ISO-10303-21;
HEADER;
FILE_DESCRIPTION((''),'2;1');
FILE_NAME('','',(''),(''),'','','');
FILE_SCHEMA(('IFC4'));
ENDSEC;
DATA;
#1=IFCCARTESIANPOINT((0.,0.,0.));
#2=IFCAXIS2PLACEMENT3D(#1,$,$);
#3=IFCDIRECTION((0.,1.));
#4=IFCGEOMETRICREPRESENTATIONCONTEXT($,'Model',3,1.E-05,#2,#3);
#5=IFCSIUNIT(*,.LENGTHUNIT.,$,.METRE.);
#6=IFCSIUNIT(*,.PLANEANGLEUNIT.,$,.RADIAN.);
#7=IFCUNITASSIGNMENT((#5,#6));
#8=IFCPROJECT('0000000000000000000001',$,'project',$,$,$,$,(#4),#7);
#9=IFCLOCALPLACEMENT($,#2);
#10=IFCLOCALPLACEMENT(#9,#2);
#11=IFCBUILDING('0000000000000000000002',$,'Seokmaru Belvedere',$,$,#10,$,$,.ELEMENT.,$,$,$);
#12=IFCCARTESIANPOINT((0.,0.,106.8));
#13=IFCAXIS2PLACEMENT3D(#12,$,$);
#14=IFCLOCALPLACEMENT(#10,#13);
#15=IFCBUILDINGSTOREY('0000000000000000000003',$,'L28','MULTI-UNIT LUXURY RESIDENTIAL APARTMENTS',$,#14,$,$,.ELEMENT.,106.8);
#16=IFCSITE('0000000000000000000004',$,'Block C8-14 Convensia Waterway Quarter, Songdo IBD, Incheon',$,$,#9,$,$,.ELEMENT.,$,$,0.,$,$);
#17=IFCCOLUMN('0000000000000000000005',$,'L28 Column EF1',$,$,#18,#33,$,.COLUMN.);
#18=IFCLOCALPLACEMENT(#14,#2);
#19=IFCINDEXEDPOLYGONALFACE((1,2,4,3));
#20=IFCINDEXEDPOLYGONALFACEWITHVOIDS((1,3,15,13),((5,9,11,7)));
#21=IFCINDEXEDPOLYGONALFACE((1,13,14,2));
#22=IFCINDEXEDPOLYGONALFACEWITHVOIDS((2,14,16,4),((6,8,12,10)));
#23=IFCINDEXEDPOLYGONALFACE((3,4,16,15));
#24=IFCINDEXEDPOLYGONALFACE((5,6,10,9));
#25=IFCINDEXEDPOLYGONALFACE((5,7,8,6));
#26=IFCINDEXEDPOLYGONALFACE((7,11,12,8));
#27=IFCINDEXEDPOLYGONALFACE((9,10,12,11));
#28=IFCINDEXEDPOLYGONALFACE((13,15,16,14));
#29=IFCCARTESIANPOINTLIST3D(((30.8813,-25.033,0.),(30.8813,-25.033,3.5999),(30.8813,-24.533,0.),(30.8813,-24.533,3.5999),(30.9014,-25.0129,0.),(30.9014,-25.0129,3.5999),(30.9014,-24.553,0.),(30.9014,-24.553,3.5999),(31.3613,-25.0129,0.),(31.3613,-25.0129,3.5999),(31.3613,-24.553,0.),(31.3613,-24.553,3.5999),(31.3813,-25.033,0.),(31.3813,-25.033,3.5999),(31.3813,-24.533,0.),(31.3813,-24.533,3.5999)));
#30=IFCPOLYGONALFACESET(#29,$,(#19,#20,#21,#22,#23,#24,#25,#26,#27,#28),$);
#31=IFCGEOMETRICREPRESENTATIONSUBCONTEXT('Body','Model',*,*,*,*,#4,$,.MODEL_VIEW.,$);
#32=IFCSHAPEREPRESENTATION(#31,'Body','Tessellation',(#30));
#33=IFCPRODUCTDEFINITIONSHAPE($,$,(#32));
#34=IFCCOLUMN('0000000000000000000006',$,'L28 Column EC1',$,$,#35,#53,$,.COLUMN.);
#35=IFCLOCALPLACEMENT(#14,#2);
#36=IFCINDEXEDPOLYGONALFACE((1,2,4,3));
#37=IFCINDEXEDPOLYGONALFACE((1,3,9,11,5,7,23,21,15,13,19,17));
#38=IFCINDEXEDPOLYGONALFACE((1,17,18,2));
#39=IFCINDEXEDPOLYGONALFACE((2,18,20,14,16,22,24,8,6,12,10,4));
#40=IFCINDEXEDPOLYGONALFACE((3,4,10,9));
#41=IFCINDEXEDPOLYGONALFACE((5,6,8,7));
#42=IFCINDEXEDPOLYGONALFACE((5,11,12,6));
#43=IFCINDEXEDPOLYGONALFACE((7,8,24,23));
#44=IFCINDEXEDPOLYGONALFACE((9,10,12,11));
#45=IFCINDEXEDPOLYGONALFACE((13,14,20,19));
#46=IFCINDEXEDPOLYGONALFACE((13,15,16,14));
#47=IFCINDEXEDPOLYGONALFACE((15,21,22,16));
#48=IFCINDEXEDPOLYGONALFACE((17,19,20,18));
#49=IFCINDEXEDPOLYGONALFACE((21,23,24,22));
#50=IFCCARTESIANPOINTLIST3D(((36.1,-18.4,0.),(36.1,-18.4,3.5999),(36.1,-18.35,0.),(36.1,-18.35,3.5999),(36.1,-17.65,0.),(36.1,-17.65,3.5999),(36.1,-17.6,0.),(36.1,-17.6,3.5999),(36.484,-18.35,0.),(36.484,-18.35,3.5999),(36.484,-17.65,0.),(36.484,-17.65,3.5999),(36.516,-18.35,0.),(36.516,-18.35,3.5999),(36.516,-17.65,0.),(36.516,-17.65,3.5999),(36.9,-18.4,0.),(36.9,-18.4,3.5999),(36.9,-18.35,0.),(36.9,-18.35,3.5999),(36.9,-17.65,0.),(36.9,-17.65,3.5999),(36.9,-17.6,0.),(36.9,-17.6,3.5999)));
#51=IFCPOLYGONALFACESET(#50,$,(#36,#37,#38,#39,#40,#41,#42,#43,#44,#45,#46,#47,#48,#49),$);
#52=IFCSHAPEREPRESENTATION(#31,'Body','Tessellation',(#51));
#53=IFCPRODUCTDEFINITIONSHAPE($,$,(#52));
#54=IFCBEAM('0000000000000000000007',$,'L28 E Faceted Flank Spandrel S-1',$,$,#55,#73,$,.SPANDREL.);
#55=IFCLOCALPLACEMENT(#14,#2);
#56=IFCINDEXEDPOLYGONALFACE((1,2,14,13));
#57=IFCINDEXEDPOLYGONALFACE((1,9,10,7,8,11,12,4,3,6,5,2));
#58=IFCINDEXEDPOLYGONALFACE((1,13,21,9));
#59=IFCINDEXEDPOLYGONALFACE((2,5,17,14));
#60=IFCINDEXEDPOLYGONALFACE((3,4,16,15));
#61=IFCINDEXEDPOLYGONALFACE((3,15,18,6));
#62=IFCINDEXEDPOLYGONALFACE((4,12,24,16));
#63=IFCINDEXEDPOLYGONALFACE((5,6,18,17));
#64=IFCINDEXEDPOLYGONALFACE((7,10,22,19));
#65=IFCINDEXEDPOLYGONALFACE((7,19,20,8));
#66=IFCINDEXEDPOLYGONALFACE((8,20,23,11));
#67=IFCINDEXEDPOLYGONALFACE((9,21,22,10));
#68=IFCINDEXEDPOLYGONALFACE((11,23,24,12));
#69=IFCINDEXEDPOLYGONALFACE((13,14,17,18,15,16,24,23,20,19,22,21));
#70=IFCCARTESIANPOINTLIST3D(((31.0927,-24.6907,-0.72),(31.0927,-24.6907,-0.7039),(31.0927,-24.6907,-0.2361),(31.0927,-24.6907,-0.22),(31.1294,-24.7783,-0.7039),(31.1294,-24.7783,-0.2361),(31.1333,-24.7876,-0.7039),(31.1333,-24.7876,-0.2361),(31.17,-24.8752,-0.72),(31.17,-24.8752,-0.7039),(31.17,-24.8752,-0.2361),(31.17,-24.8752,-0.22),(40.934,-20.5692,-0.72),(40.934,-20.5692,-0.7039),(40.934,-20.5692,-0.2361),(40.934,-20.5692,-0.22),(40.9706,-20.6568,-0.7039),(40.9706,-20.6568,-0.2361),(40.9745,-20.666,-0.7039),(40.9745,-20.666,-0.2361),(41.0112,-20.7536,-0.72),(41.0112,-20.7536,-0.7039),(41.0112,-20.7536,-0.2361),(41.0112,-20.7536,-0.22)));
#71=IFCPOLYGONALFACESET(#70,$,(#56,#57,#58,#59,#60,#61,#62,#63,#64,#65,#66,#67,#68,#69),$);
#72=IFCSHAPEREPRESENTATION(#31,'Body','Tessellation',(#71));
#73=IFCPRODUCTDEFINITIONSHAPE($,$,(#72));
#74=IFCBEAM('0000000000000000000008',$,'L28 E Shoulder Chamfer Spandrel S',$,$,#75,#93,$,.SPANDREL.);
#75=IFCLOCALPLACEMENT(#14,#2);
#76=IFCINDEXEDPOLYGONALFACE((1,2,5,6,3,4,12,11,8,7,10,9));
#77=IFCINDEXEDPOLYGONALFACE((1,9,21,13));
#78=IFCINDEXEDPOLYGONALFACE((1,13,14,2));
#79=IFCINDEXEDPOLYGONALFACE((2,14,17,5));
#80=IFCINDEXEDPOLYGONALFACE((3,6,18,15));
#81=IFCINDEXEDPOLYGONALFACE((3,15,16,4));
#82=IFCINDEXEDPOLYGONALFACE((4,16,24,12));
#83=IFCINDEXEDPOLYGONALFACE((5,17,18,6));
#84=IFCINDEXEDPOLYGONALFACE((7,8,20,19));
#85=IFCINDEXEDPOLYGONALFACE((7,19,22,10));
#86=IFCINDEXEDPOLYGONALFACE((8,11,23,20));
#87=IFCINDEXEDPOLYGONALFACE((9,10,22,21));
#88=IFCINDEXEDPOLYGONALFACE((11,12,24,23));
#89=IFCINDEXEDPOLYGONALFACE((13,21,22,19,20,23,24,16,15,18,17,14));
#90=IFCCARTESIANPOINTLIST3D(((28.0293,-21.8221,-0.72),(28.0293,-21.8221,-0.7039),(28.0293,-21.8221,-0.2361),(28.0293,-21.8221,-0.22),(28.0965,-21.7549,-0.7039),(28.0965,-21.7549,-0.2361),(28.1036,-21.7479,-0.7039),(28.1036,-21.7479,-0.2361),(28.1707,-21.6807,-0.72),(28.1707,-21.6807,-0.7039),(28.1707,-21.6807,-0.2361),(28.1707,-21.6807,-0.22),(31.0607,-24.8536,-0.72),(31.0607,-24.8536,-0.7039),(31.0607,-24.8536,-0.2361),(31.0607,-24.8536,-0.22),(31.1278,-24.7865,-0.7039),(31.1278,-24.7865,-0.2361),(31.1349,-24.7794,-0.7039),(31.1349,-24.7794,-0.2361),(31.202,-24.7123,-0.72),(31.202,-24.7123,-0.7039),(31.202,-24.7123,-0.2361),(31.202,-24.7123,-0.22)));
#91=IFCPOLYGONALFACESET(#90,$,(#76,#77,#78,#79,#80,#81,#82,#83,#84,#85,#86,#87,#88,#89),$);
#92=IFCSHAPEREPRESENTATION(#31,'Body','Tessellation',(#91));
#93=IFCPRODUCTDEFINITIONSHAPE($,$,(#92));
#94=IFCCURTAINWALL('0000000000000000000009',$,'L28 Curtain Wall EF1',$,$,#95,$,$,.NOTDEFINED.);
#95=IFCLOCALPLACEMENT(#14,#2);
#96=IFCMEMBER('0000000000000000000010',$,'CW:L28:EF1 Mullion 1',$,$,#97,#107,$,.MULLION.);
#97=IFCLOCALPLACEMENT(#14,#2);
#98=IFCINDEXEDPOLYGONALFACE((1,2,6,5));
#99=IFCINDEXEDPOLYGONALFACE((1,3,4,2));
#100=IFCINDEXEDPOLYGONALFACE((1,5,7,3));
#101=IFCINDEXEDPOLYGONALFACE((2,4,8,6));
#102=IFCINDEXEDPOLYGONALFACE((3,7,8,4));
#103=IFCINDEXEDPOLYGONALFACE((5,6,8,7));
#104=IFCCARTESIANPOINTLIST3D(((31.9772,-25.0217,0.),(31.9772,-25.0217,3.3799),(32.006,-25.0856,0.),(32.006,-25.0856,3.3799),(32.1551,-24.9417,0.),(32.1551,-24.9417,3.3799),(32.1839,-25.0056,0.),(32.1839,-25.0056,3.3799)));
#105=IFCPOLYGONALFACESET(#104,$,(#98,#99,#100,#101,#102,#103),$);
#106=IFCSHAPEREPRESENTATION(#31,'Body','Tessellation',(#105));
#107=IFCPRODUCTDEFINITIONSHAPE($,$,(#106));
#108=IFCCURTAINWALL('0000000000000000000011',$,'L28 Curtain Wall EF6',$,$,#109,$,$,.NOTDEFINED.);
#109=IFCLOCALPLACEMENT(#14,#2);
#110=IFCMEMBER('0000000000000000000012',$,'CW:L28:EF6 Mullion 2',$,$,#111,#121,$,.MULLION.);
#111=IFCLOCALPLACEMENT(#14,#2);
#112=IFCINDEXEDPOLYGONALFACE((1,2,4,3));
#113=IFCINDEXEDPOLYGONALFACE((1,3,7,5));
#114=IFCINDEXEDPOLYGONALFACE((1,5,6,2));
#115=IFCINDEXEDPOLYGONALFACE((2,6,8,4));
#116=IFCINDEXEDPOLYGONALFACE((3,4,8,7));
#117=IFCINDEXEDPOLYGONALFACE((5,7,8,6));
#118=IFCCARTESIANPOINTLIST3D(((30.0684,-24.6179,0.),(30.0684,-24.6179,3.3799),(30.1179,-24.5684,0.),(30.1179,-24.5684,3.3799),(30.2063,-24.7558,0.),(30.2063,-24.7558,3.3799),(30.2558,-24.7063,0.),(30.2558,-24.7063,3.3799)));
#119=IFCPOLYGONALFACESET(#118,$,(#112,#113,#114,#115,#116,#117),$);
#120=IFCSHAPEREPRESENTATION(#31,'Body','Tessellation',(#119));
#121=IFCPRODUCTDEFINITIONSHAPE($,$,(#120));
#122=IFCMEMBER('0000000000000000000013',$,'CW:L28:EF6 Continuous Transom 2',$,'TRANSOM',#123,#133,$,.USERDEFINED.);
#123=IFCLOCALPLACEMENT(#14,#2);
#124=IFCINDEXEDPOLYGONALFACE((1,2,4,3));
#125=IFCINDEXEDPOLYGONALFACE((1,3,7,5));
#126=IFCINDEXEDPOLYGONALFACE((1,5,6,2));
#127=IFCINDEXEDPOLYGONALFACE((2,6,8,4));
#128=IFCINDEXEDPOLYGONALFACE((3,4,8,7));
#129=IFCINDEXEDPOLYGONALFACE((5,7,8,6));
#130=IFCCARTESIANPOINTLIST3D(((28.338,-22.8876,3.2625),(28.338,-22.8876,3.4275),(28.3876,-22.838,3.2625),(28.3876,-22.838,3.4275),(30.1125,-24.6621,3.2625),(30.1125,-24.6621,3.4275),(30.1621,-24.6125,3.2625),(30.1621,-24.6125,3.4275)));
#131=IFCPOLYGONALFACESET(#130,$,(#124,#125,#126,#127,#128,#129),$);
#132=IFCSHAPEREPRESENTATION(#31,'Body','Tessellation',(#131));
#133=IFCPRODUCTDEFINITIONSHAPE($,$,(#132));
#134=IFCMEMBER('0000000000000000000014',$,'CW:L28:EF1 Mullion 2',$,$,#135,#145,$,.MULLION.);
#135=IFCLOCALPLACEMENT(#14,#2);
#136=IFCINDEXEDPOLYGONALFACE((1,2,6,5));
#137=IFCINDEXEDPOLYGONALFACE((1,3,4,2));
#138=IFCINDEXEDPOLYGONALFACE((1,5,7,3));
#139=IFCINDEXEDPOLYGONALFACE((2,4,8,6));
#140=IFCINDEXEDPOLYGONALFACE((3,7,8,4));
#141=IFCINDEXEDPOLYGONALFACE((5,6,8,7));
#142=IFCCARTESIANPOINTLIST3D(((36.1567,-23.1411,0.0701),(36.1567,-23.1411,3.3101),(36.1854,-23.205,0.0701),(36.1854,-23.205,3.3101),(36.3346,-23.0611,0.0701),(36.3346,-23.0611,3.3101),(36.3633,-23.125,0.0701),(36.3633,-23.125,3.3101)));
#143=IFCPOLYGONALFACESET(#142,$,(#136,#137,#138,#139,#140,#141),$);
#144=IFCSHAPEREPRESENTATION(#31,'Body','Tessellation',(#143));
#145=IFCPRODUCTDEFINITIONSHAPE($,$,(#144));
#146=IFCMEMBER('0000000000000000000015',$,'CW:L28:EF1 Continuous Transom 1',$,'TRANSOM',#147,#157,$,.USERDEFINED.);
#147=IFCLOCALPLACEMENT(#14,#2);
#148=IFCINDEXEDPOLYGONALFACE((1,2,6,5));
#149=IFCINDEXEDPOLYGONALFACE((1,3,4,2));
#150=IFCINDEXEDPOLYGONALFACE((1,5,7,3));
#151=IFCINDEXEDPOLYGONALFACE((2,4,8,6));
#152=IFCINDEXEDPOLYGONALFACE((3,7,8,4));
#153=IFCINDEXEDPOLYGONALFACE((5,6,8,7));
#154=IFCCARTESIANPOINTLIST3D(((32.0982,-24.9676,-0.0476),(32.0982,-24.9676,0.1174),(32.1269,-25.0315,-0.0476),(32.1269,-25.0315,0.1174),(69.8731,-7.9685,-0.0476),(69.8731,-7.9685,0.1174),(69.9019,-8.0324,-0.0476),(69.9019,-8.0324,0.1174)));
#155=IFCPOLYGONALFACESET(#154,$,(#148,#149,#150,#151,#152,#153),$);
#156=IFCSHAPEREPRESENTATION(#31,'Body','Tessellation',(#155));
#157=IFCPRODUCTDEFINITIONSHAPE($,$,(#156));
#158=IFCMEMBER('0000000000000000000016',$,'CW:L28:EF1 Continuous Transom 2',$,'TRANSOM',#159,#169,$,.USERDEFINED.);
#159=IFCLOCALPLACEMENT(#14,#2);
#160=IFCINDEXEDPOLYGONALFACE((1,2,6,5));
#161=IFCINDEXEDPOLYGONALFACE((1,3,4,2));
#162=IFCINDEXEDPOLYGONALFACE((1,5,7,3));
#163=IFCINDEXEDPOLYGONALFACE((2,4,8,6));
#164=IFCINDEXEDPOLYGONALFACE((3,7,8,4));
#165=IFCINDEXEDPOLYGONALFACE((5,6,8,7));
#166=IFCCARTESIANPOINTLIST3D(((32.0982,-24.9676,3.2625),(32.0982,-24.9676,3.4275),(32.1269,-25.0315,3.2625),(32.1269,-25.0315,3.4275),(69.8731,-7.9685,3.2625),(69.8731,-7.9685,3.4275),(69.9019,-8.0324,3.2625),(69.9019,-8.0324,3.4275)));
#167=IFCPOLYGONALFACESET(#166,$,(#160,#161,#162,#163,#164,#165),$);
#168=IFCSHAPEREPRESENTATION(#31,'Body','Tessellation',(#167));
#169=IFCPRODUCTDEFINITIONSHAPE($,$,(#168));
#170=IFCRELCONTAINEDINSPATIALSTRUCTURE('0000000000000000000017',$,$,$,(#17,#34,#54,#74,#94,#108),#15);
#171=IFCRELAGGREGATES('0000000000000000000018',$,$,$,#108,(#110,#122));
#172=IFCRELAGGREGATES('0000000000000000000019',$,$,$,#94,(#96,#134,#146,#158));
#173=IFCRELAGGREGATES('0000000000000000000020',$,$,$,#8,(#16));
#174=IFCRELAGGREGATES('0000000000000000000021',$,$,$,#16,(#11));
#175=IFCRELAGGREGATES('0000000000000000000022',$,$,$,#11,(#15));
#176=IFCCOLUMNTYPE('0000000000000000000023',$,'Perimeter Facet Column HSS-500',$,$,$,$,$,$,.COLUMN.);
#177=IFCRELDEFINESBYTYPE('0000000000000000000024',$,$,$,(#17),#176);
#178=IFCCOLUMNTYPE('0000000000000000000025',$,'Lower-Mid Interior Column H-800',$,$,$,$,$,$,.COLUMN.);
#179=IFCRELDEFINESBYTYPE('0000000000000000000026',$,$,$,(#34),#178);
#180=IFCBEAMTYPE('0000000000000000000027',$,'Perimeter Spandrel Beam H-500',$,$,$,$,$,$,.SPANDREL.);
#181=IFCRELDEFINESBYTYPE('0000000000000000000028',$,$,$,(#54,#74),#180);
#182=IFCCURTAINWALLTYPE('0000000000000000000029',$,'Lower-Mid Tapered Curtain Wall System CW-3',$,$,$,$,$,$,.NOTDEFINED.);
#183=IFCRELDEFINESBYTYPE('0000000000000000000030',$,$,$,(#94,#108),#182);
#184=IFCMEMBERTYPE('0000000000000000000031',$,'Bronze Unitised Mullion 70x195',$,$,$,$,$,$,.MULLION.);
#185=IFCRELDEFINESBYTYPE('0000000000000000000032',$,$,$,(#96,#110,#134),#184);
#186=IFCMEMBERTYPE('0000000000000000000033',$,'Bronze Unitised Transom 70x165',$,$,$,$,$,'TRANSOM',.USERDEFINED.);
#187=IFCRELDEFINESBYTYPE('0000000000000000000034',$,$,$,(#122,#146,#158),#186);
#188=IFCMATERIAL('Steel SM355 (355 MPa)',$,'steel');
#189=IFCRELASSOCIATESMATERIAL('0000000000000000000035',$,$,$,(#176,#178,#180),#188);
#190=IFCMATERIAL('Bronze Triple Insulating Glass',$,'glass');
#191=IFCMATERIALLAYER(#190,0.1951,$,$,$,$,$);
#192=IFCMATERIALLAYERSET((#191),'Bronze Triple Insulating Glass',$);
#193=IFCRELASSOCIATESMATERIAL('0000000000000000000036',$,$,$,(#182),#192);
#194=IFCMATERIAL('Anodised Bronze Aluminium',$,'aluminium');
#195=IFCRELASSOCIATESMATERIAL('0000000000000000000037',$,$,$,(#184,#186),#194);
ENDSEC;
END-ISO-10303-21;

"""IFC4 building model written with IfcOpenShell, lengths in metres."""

from ifc_helpers import new_model, si_unit, direction, frame, origin, origin_2d, place, context, subcontext, project, spatial, rectangle, hollow_rectangle, i_section, extrude, source, transform, mapped, material, layer, layer_set, material_profile, profile_set, type_object, type_shapes, element, aggregate, save


model = new_model("IFC4")

# Units and contexts
model_context = context("Model", 3, precision=1e-05, world=origin(), true_north=direction((0.0, 1.0)))
body_context = subcontext(model_context, "Body", "Model", "MODEL_VIEW")
ifc_project = project(units=[si_unit("LENGTHUNIT", "METRE"), si_unit("PLANEANGLEUNIT", "RADIAN")], contexts=[model_context])

# Site, building, storey
site_placement = place(None, origin())
site = spatial("IfcSite", under=ifc_project, at=site_placement, Name="Block C8-14 Convensia Waterway Quarter, Songdo IBD, Incheon", CompositionType="ELEMENT", RefElevation=0.0)
building_placement = place(site_placement, origin())
building = spatial("IfcBuilding", under=site, at=building_placement, Name="Seokmaru Belvedere", CompositionType="ELEMENT")
storey_placement = place(building_placement, frame((0.0, 0.0, 106.8)))
storey = spatial("IfcBuildingStorey", under=building, at=storey_placement, Name="L28", Description="MULTI-UNIT LUXURY RESIDENTIAL APARTMENTS", CompositionType="ELEMENT", Elevation=106.8)

# Columns
ifc_material_1 = material(Name="Steel SM355 (355 MPa)", Category="steel")
ifc_material_profile_1 = material_profile(ifc_material_1, hollow_rectangle(XDim=0.5, YDim=0.5, WallThickness=0.02, at=origin_2d()), Name="HSS-500x500x20")
ifc_profile_set_1 = profile_set([ifc_material_profile_1], Name="Steel SM355 (355 MPa)")
column_type_1 = type_object("IfcColumnType", Name="Perimeter Facet Column HSS-500", PredefinedType="COLUMN", material=ifc_profile_set_1)
shared_shape_1 = source(origin(), body_context, "Body", "SweptSolid", [
    extrude(hollow_rectangle(XDim=0.5, YDim=0.5, WallThickness=0.02, at=origin_2d()), origin(), (0.0, 0.0, 1.0), 3.5999),
])
type_shapes(column_type_1, [shared_shape_1])
column_1_placement = place(storey_placement, frame((31.1313, -24.783, 0.0), z_axis=(0.0, 0.0, 1.0), x_axis=(1.0, 0.0, 0.0)))
element("IfcColumn", 1, at=column_1_placement, inside=storey, type_object=column_type_1, Name="L28 Column EF1", PredefinedType="COLUMN", context=body_context, shape_type="MappedRepresentation", body=[
    mapped(shared_shape_1, transform((0.0, 0.0, 0.0), scale=1.0)),
])
ifc_material_profile_2 = material_profile(ifc_material_1, i_section(OverallWidth=0.8, OverallDepth=0.8, WebThickness=0.032, FlangeThickness=0.05, at=origin_2d()), Name="H-800x800x32x50")
ifc_profile_set_2 = profile_set([ifc_material_profile_2], Name="Steel SM355 (355 MPa)")
column_type_2 = type_object("IfcColumnType", Name="Lower-Mid Interior Column H-800", PredefinedType="COLUMN", material=ifc_profile_set_2)
shared_shape_2 = source(origin(), body_context, "Body", "SweptSolid", [
    extrude(i_section(OverallWidth=0.8, OverallDepth=0.8, WebThickness=0.032, FlangeThickness=0.05, at=origin_2d()), origin(), (0.0, 0.0, 1.0), 3.5999),
])
type_shapes(column_type_2, [shared_shape_2])
column_2_placement = place(storey_placement, frame((36.5, -18.0, 0.0), z_axis=(0.0, 0.0, 1.0), x_axis=(1.0, 0.0, 0.0)))
element("IfcColumn", 2, at=column_2_placement, inside=storey, type_object=column_type_2, Name="L28 Column EC1", PredefinedType="COLUMN", context=body_context, shape_type="MappedRepresentation", body=[
    mapped(shared_shape_2, transform((0.0, 0.0, 0.0), scale=1.0)),
])

# Beams
ifc_material_profile_3 = material_profile(ifc_material_1, i_section(OverallWidth=0.2, OverallDepth=0.5, WebThickness=0.01, FlangeThickness=0.0161, at=origin_2d()), Name="H-500x200x10x16")
ifc_profile_set_3 = profile_set([ifc_material_profile_3], Name="Steel SM355 (355 MPa)")
beam_type = type_object("IfcBeamType", Name="Perimeter Spandrel Beam H-500", PredefinedType="SPANDREL", material=ifc_profile_set_3)
shared_shape_3 = source(origin(), body_context, "Body", "SweptSolid", [
    extrude(i_section(OverallWidth=0.2, OverallDepth=0.5, WebThickness=0.01, FlangeThickness=0.0161, at=origin_2d()), origin(), (0.0, 0.0, 1.0), 10.6694),
])
beam_1_placement = place(storey_placement, frame((31.1313, -24.783, -0.47), z_axis=(0.922375, 0.386295, 0.0), x_axis=(-0.386295, 0.922375, 0.0)))
element("IfcBeam", 3, at=beam_1_placement, inside=storey, type_object=beam_type, Name="L28 E Faceted Flank Spandrel S-1", PredefinedType="SPANDREL", context=body_context, shape_type="MappedRepresentation", body=[
    mapped(shared_shape_3, transform((0.0, 0.0, 0.0), scale=1.0)),
])
shared_shape_4 = source(origin(), body_context, "Body", "SweptSolid", [
    extrude(i_section(OverallWidth=0.2, OverallDepth=0.5, WebThickness=0.01, FlangeThickness=0.0161, at=origin_2d()), origin(), (0.0, 0.0, 1.0), 4.2871),
])
type_shapes(beam_type, [shared_shape_3, shared_shape_4])
beam_2_placement = place(storey_placement, frame((31.1313, -24.783, -0.47), z_axis=(-0.707078, 0.707135, 0.0), x_axis=(-0.707135, -0.707078, 0.0)))
element("IfcBeam", 4, at=beam_2_placement, inside=storey, type_object=beam_type, Name="L28 E Shoulder Chamfer Spandrel S", PredefinedType="SPANDREL", context=body_context, shape_type="MappedRepresentation", body=[
    mapped(shared_shape_4, transform((0.0, 0.0, 0.0), scale=1.0)),
])

# Curtain wall, member
ifc_material_2 = material(Name="Bronze Triple Insulating Glass", Category="glass")
ifc_layer_1 = layer(ifc_material_2, 0.1951)
ifc_layer_set_1 = layer_set([ifc_layer_1], Name="Bronze Triple Insulating Glass")
curtain_wall_type = type_object("IfcCurtainWallType", Name="Lower-Mid Tapered Curtain Wall System CW-3", PredefinedType="NOTDEFINED", material=ifc_layer_set_1)
curtain_wall_1_placement = place(storey_placement, origin())
curtain_wall_1 = element("IfcCurtainWall", 5, at=curtain_wall_1_placement, inside=storey, type_object=curtain_wall_type, Name="L28 Curtain Wall EF1", PredefinedType="NOTDEFINED")
ifc_material_3 = material(Name="Anodised Bronze Aluminium", Category="aluminium")
ifc_material_profile_4 = material_profile(ifc_material_3, rectangle(XDim=0.0701, YDim=0.1951, at=origin_2d()), Name="CW-M-70x195")
ifc_profile_set_4 = profile_set([ifc_material_profile_4], Name="Anodised Bronze Aluminium")
member_type_1 = type_object("IfcMemberType", Name="Bronze Unitised Mullion 70x195", PredefinedType="MULLION", material=ifc_profile_set_4)
shared_shape_5 = source(origin(), body_context, "Body", "SweptSolid", [
    extrude(rectangle(XDim=0.0701, YDim=0.1951, at=origin_2d()), origin(), (0.0, 0.0, 1.0), 3.3799),
])
member_1_placement = place(storey_placement, frame((32.0806, -25.0137, 0.0), z_axis=(0.0, 0.0, 1.0), x_axis=(-0.410366, 0.911921, 0.0)))
member_1 = element("IfcMember", 6, at=member_1_placement, type_object=member_type_1, Name="CW:L28:EF1 Mullion 1", PredefinedType="MULLION", context=body_context, shape_type="MappedRepresentation", body=[
    mapped(shared_shape_5, transform((0.0, 0.0, 0.0), scale=1.0)),
])

# Curtain wall, members
curtain_wall_2_placement = place(storey_placement, origin())
curtain_wall_2 = element("IfcCurtainWall", 7, at=curtain_wall_2_placement, inside=storey, type_object=curtain_wall_type, Name="L28 Curtain Wall EF6", PredefinedType="NOTDEFINED")
member_2_placement = place(storey_placement, frame((30.1621, -24.6621, 0.0), z_axis=(0.0, 0.0, 1.0), x_axis=(0.707107, 0.707107, 0.0)))
member_2 = element("IfcMember", 8, at=member_2_placement, type_object=member_type_1, Name="CW:L28:EF6 Mullion 2", PredefinedType="MULLION", context=body_context, shape_type="MappedRepresentation", body=[
    mapped(shared_shape_5, transform((0.0, 0.0, 0.0), scale=1.0)),
])
ifc_material_profile_5 = material_profile(ifc_material_3, rectangle(XDim=0.0701, YDim=0.165, at=origin_2d()), Name="CW-T-70x165")
ifc_profile_set_5 = profile_set([ifc_material_profile_5], Name="Anodised Bronze Aluminium")
member_type_2 = type_object("IfcMemberType", Name="Bronze Unitised Transom 70x165", ElementType="TRANSOM", PredefinedType="USERDEFINED", material=ifc_profile_set_5)
shared_shape_6 = source(origin(), body_context, "Body", "SweptSolid", [
    extrude(rectangle(XDim=0.0701, YDim=0.165, at=origin_2d()), origin(), (0.0, 0.0, 1.0), 2.5095),
])
member_3_placement = place(storey_placement, frame((28.3628, -22.8628, 3.345), z_axis=(0.707107, -0.707107, 0.0), x_axis=(0.707107, 0.707107, 0.0)))
member_3 = element("IfcMember", 9, at=member_3_placement, type_object=member_type_2, Name="CW:L28:EF6 Continuous Transom 2", ObjectType="TRANSOM", PredefinedType="USERDEFINED", context=body_context, shape_type="MappedRepresentation", body=[
    mapped(shared_shape_6, transform((0.0, 0.0, 0.0), scale=1.0)),
])

# Members
shared_shape_7 = source(origin(), body_context, "Body", "SweptSolid", [
    extrude(rectangle(XDim=0.0701, YDim=0.1951, at=origin_2d()), origin(), (0.0, 0.0, 1.0), 3.24),
])
type_shapes(member_type_1, [shared_shape_5, shared_shape_7])
member_4_placement = place(storey_placement, frame((36.26, -23.1331, 0.0701), z_axis=(0.0, 0.0, 1.0), x_axis=(-0.410366, 0.911921, 0.0)))
member_4 = element("IfcMember", 10, at=member_4_placement, type_object=member_type_1, Name="CW:L28:EF1 Mullion 2", PredefinedType="MULLION", context=body_context, shape_type="MappedRepresentation", body=[
    mapped(shared_shape_7, transform((0.0, 0.0, 0.0), scale=1.0)),
])
shared_shape_8 = source(origin(), body_context, "Body", "SweptSolid", [
    extrude(rectangle(XDim=0.0701, YDim=0.165, at=origin_2d()), origin(), (0.0, 0.0, 1.0), 41.4236),
])
type_shapes(member_type_2, [shared_shape_6, shared_shape_8])
member_5_placement = place(storey_placement, frame((32.1125, -24.9995, 0.0349), z_axis=(0.911919, 0.410371, 0.0), x_axis=(-0.410371, 0.911919, 0.0)))
member_5 = element("IfcMember", 11, at=member_5_placement, type_object=member_type_2, Name="CW:L28:EF1 Continuous Transom 1", ObjectType="TRANSOM", PredefinedType="USERDEFINED", context=body_context, shape_type="MappedRepresentation", body=[
    mapped(shared_shape_8, transform((0.0, 0.0, 0.0), scale=1.0)),
])
member_6_placement = place(storey_placement, frame((32.1125, -24.9995, 3.345), z_axis=(0.911919, 0.410371, 0.0), x_axis=(-0.410371, 0.911919, 0.0)))
member_6 = element("IfcMember", 12, at=member_6_placement, type_object=member_type_2, Name="CW:L28:EF1 Continuous Transom 2", ObjectType="TRANSOM", PredefinedType="USERDEFINED", context=body_context, shape_type="MappedRepresentation", body=[
    mapped(shared_shape_8, transform((0.0, 0.0, 0.0), scale=1.0)),
])

aggregate(curtain_wall_2, [member_2, member_3])
aggregate(curtain_wall_1, [member_1, member_4, member_5, member_6])

save(model, "model.ifc")
